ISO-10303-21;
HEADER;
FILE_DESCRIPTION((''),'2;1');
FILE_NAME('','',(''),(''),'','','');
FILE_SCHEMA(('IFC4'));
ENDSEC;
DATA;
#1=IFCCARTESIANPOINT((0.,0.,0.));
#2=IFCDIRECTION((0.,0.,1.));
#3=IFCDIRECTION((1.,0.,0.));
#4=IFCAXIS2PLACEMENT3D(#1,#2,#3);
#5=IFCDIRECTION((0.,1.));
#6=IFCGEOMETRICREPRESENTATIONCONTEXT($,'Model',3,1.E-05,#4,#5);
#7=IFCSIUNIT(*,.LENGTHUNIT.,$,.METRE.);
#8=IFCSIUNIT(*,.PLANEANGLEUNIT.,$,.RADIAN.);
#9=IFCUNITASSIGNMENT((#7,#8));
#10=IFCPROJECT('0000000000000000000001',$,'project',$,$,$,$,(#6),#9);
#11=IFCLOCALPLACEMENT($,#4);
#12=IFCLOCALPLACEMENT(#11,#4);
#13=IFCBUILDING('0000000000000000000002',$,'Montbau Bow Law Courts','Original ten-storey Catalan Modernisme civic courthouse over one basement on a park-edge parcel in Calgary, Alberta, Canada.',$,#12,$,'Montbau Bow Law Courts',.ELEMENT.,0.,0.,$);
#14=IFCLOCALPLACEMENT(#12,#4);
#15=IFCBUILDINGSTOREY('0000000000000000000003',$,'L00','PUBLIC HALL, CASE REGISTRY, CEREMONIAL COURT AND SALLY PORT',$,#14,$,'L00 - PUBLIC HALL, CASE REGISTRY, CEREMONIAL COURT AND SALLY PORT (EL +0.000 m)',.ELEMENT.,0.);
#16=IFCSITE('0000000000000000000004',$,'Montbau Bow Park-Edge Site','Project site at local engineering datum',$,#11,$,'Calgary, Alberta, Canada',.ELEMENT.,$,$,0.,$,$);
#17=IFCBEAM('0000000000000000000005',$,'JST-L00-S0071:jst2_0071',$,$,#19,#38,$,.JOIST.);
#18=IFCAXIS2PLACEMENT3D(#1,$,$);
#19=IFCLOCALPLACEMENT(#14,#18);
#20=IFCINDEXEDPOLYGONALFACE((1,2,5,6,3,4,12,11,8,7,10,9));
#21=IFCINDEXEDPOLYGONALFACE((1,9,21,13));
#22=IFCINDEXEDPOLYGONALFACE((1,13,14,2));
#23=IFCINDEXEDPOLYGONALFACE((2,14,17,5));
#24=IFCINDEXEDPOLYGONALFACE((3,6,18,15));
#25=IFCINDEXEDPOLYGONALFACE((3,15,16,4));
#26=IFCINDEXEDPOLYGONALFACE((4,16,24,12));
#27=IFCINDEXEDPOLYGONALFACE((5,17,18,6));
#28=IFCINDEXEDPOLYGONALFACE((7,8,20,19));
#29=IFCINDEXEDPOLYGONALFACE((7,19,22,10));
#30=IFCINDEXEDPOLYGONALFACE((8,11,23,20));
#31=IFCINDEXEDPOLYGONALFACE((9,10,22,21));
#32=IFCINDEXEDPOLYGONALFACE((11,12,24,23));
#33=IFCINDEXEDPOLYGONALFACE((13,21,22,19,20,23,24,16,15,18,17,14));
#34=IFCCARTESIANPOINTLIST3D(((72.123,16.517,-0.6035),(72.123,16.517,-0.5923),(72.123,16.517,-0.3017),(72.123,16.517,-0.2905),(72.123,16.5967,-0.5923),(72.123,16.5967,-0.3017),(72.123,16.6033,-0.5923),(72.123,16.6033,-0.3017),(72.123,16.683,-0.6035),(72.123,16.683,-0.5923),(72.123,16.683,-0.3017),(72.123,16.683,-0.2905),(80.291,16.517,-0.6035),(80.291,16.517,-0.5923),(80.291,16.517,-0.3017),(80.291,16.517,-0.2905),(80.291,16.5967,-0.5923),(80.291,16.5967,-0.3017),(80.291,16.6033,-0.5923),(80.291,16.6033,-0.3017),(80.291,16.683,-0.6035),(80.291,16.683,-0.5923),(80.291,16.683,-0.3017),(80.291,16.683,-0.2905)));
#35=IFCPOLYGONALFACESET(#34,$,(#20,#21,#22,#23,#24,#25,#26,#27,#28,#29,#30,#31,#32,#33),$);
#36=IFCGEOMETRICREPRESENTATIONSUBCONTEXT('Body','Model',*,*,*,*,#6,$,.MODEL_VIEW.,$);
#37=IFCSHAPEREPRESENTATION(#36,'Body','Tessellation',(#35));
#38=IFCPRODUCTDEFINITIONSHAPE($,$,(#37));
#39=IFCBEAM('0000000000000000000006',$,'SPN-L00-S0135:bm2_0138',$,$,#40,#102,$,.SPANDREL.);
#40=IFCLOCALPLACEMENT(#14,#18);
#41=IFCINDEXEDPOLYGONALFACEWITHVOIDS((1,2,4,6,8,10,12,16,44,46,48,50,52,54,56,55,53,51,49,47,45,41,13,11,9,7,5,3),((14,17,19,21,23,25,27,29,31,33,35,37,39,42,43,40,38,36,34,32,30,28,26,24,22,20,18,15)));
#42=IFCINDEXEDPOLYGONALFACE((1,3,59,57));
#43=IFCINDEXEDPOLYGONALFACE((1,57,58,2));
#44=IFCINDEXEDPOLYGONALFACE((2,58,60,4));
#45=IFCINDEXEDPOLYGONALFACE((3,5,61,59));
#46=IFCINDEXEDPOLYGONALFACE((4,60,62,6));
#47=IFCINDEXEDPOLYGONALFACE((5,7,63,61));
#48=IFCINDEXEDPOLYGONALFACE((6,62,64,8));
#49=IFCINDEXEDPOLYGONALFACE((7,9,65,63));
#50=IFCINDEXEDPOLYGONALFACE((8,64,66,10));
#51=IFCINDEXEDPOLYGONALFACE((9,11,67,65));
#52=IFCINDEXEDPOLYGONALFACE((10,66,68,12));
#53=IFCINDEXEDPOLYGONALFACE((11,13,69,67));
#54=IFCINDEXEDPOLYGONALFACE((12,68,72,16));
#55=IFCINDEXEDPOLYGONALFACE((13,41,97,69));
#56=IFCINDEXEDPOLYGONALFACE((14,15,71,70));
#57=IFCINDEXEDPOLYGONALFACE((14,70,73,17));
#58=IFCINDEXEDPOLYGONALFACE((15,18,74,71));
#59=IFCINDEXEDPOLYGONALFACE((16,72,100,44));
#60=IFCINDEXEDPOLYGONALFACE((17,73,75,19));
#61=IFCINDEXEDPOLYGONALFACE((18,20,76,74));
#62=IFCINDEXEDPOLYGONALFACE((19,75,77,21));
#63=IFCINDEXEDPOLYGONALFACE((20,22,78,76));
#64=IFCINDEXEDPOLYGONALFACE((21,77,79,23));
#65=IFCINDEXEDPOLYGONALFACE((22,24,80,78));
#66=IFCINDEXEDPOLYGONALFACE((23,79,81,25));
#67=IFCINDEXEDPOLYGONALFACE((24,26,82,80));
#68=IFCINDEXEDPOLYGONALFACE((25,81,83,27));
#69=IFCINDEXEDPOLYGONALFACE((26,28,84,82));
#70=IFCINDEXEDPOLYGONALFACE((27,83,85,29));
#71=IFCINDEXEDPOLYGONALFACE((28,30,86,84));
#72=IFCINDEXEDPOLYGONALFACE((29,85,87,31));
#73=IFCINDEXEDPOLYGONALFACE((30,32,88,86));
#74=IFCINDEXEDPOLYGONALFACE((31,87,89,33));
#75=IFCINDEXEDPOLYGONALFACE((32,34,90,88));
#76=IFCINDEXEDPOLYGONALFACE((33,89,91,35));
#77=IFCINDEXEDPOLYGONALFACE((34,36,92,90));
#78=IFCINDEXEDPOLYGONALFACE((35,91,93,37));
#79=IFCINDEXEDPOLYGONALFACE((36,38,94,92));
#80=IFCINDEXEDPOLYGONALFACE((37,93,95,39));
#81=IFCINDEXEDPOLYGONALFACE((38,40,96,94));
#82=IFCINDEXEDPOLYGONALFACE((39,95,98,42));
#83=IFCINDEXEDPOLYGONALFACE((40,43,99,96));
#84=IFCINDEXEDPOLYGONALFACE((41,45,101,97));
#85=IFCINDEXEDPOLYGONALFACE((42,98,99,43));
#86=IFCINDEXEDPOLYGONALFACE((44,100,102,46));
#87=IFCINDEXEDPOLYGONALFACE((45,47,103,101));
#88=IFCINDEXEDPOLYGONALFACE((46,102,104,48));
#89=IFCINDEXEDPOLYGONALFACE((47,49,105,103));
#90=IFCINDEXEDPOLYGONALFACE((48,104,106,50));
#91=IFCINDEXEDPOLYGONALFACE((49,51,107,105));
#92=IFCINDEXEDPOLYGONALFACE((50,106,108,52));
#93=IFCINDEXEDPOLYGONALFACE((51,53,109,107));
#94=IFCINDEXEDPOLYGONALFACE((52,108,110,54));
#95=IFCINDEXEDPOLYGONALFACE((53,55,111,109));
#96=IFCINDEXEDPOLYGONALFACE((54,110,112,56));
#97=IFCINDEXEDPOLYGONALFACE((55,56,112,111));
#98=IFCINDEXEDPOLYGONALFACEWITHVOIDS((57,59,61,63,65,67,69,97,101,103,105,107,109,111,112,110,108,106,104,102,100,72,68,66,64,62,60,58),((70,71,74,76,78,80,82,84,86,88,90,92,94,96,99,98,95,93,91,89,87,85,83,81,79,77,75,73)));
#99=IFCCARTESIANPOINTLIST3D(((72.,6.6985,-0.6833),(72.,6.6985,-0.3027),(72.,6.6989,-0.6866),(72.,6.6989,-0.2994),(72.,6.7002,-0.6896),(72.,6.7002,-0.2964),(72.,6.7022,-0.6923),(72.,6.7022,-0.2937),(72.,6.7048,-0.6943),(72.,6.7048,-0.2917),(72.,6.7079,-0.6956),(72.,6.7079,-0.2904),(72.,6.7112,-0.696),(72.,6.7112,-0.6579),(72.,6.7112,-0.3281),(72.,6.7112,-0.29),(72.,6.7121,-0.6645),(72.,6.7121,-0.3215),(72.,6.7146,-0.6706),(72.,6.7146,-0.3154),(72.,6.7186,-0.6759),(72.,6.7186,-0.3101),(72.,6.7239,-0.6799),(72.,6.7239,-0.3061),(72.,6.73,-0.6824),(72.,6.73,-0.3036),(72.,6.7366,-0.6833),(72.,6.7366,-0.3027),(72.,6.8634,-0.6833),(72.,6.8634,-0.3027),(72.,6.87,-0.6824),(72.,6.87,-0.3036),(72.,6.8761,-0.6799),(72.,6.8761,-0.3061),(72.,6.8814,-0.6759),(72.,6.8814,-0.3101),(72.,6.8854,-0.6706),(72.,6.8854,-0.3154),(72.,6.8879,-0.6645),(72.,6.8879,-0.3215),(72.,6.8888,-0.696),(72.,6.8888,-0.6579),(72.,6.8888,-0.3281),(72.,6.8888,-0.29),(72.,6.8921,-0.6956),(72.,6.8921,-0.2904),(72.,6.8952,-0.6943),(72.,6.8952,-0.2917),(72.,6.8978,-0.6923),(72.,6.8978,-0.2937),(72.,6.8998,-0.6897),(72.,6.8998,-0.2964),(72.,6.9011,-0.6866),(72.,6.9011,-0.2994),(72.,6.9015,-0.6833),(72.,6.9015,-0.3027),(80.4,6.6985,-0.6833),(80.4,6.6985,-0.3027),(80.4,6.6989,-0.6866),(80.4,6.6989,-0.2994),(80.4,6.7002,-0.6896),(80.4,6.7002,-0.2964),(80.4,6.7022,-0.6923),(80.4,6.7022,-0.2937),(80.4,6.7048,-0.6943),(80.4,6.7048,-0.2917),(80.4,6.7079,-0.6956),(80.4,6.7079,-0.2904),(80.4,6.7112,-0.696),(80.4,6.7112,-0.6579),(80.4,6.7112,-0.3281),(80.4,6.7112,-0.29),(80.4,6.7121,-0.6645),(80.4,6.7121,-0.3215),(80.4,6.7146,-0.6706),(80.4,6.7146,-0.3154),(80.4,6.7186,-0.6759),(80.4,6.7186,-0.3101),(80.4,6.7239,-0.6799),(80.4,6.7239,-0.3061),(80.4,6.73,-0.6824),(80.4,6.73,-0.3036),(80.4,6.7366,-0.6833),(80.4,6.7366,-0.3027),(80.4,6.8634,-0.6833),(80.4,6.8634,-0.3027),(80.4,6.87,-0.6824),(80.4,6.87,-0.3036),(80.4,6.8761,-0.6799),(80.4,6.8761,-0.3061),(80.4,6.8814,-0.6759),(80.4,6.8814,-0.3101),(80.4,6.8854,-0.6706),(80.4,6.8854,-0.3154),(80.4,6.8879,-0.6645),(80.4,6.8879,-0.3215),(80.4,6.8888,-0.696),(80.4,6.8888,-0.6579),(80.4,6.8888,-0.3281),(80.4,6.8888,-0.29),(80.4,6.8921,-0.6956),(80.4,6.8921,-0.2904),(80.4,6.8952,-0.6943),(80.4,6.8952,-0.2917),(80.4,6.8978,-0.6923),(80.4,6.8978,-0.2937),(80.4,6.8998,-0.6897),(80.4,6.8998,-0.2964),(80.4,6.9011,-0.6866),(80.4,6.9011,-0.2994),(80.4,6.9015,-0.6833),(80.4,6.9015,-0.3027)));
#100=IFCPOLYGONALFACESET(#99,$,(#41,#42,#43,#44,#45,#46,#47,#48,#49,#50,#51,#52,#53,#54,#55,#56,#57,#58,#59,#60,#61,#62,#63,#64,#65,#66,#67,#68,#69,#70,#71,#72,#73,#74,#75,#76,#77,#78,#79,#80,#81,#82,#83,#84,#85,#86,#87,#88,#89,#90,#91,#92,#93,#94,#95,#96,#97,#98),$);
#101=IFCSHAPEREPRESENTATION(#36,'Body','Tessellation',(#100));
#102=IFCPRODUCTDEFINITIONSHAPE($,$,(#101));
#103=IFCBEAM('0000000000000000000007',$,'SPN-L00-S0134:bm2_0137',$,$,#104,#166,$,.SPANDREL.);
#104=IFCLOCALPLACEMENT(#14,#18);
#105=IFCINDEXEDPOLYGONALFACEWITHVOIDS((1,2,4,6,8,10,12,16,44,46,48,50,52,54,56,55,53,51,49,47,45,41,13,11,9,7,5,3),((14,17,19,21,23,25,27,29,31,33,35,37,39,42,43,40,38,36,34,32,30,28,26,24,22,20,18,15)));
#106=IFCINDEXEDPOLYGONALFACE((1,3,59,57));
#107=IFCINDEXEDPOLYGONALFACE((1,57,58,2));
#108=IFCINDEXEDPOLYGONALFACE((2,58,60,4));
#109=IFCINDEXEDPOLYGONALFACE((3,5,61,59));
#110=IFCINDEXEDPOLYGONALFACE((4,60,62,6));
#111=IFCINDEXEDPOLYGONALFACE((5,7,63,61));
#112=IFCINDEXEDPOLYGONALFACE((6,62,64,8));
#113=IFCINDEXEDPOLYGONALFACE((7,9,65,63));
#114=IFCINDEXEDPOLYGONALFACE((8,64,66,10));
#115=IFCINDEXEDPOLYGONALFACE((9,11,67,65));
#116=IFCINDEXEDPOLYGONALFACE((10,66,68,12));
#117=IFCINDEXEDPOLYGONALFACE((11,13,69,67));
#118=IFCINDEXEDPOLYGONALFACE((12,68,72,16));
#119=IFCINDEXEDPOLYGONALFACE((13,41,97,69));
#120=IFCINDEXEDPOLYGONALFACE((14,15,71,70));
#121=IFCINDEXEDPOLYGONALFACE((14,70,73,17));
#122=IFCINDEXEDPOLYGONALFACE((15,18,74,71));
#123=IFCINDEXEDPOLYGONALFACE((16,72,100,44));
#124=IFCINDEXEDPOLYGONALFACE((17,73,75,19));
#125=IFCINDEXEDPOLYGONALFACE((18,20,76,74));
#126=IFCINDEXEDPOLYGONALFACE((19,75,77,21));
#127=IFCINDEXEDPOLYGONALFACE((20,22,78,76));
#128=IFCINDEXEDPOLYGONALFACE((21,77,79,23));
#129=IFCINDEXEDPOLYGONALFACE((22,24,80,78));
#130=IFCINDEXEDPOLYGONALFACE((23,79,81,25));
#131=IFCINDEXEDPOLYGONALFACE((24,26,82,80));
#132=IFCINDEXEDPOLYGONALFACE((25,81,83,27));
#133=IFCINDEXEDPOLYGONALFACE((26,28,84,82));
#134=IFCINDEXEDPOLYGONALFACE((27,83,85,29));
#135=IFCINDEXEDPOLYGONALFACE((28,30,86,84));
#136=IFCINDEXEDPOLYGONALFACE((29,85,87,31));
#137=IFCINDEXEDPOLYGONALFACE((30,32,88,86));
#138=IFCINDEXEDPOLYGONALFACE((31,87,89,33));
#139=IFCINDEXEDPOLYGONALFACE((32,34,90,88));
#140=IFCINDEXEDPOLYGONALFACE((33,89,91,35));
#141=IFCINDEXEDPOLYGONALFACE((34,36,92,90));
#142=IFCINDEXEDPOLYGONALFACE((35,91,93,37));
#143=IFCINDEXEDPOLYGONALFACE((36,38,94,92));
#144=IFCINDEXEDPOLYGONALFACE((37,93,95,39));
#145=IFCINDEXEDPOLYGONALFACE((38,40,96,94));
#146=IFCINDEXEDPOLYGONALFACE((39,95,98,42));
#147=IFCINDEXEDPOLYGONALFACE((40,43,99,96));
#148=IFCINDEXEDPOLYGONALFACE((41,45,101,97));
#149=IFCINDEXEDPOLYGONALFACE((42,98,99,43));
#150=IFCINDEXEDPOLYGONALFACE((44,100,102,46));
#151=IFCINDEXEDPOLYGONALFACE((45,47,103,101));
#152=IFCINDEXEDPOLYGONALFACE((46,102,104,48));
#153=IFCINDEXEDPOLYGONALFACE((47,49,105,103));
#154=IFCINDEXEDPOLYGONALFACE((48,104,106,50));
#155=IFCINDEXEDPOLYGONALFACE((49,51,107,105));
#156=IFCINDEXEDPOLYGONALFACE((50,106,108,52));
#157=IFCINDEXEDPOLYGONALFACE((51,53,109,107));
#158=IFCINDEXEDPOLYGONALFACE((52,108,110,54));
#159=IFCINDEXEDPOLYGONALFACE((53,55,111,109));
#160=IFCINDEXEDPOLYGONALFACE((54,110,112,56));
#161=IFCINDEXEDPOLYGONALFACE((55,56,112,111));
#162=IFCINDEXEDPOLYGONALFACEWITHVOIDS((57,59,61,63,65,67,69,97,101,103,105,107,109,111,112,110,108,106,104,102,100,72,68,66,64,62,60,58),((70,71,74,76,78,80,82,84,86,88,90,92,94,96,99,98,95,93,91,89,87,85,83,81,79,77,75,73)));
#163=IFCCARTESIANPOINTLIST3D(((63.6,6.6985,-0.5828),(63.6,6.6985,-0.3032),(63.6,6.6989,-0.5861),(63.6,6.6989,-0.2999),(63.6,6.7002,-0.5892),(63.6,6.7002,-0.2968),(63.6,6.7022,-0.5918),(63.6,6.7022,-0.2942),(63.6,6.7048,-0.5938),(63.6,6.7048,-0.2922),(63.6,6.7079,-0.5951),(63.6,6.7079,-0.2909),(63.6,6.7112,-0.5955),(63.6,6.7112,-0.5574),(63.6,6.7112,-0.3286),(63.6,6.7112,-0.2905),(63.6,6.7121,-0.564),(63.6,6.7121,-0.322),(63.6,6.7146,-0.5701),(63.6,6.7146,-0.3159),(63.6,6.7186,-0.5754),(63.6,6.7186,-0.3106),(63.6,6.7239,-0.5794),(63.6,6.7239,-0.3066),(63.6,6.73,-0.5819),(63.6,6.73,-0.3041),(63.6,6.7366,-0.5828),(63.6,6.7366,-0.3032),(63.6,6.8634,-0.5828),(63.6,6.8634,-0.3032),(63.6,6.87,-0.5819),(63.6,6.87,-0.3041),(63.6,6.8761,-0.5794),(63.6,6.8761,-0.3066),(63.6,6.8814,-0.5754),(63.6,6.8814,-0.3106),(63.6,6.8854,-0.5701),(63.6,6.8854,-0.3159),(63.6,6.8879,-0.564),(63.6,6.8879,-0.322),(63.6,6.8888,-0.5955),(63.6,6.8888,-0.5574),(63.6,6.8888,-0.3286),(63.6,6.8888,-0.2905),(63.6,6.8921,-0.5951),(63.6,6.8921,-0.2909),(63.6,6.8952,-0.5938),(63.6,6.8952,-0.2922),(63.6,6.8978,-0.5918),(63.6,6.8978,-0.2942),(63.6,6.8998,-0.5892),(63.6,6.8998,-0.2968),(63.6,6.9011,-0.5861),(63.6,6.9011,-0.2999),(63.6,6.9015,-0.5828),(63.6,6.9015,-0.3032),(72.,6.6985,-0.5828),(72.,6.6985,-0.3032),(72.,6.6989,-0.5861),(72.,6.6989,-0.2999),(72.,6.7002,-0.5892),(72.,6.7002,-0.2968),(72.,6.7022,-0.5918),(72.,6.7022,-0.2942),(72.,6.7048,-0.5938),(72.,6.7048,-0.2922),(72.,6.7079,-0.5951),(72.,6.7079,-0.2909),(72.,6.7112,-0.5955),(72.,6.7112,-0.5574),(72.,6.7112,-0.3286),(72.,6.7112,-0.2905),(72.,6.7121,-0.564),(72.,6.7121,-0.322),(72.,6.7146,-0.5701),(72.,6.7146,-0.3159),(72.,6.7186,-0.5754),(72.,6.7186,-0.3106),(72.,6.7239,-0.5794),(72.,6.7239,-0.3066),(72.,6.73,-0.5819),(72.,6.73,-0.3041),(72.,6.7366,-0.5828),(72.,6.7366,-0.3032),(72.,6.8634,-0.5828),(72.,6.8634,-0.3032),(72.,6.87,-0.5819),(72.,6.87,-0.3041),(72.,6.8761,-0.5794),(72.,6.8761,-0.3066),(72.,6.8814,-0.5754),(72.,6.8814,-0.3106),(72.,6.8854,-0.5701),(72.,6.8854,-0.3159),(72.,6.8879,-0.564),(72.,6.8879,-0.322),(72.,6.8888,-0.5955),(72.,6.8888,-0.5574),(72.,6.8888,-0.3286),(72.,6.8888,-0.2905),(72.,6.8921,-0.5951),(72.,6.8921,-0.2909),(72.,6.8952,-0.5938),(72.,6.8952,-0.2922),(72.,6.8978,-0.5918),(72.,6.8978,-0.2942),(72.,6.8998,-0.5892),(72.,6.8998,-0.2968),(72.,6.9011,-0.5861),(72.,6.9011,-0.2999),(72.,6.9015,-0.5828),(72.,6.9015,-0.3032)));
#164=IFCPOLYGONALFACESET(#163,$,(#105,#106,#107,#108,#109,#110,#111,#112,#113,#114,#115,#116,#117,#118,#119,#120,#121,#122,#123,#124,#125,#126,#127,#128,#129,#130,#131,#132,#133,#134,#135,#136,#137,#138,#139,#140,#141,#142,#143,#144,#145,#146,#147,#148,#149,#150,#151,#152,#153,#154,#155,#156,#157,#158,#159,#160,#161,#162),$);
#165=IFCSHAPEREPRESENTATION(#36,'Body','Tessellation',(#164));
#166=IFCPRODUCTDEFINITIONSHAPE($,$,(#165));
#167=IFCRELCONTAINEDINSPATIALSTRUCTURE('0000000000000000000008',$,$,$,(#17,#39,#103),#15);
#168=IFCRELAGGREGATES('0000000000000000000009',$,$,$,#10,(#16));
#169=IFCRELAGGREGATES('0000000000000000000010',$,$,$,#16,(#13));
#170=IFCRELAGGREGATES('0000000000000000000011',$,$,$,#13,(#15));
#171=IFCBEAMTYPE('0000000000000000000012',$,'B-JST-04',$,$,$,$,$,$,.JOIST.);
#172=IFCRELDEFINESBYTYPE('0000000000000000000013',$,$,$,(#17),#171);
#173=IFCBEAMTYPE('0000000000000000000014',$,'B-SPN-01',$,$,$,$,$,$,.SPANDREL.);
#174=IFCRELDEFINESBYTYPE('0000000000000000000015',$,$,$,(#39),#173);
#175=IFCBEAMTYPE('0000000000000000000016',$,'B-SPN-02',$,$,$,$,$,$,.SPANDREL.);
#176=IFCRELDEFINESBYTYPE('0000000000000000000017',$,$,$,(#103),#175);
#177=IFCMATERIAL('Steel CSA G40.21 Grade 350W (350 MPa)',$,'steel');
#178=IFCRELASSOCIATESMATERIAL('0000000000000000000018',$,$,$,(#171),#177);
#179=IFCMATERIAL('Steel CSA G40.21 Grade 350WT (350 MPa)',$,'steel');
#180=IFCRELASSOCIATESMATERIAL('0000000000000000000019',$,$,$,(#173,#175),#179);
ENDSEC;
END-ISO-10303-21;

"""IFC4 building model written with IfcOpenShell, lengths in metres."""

from ifc_helpers import new_model, si_unit, direction, frame, origin_with_axes, origin_2d_with_axis, place, context, subcontext, project, spatial, hollow_rectangle, i_section, extrude, material, material_profile, profile_set, type_object, element, save


model = new_model("IFC4")

# Units and contexts
model_context = context("Model", 3, precision=1e-05, world=origin_with_axes(), true_north=direction((0.0, 1.0)))
body_context = subcontext(model_context, "Body", "Model", "MODEL_VIEW")
ifc_project = project(units=[si_unit("LENGTHUNIT", "METRE"), si_unit("PLANEANGLEUNIT", "RADIAN")], contexts=[model_context])

# Site, building, storey
site_placement = place(None, origin_with_axes())
site = spatial("IfcSite", under=ifc_project, at=site_placement, Name="Montbau Bow Park-Edge Site", Description="Project site at local engineering datum", LongName="Calgary, Alberta, Canada", CompositionType="ELEMENT", RefElevation=0.0)
building_placement = place(site_placement, origin_with_axes())
building = spatial("IfcBuilding", under=site, at=building_placement, Name="Montbau Bow Law Courts", Description="Original ten-storey Catalan Modernisme civic courthouse over one basement on a park-edge parcel in Calgary, Alberta, Canada.", LongName="Montbau Bow Law Courts", CompositionType="ELEMENT", ElevationOfRefHeight=0.0, ElevationOfTerrain=0.0)
storey_placement = place(building_placement, origin_with_axes())
storey = spatial("IfcBuildingStorey", under=building, at=storey_placement, Name="L00", Description="PUBLIC HALL, CASE REGISTRY, CEREMONIAL COURT AND SALLY PORT", LongName="L00 - PUBLIC HALL, CASE REGISTRY, CEREMONIAL COURT AND SALLY PORT (EL +0.000 m)", CompositionType="ELEMENT", Elevation=0.0)

# Beams
ifc_material_1 = material(Name="Steel CSA G40.21 Grade 350W (350 MPa)", Category="steel")
ifc_material_profile_1 = material_profile(ifc_material_1, i_section(OverallWidth=0.166, OverallDepth=0.313, WebThickness=0.0066, FlangeThickness=0.0112, at=origin_2d_with_axis()), Name="W310X45", Category="Main", Priority=0)
ifc_profile_set_1 = profile_set([ifc_material_profile_1], Name="Steel CSA G40.21 Grade 350W (350 MPa)")
beam_type_1 = type_object("IfcBeamType", Name="B-JST-04", PredefinedType="JOIST", material=ifc_profile_set_1)
beam_1_placement = place(None, frame((72.123, 16.6, -0.447), z_axis=(1.0, 0.0, 0.0), x_axis=(0.0, 1.0, 0.0)))
element("IfcBeam", 1, at=beam_1_placement, inside=storey, type_object=beam_type_1, Name="JST-L00-S0071:jst2_0071", PredefinedType="JOIST", context=body_context, shape_type="SweptSolid", body=[
    extrude(i_section(OverallWidth=0.166, OverallDepth=0.313, WebThickness=0.0066, FlangeThickness=0.0112, at=origin_2d_with_axis()), origin_with_axes(), (0.0, 0.0, 1.0), 8.168),
])
ifc_material_2 = material(Name="Steel CSA G40.21 Grade 350WT (350 MPa)", Category="steel")
ifc_material_profile_2 = material_profile(ifc_material_2, hollow_rectangle(XDim=0.203, YDim=0.406, WallThickness=0.0127, InnerFilletRadius=0.0254, OuterFilletRadius=0.0127, at=origin_2d_with_axis()), Name="HSS406X203X13", Category="Main", Priority=0)
ifc_profile_set_2 = profile_set([ifc_material_profile_2], Name="Steel CSA G40.21 Grade 350WT (350 MPa)")
beam_type_2 = type_object("IfcBeamType", Name="B-SPN-01", PredefinedType="SPANDREL", material=ifc_profile_set_2)
beam_2_placement = place(None, frame((72.0, 6.8, -0.493), z_axis=(1.0, 0.0, 0.0), x_axis=(0.0, 1.0, 0.0)))
element("IfcBeam", 2, at=beam_2_placement, inside=storey, type_object=beam_type_2, Name="SPN-L00-S0135:bm2_0138", PredefinedType="SPANDREL", context=body_context, shape_type="SweptSolid", body=[
    extrude(hollow_rectangle(XDim=0.203, YDim=0.406, WallThickness=0.0127, InnerFilletRadius=0.0254, OuterFilletRadius=0.0127, at=origin_2d_with_axis()), origin_with_axes(), (0.0, 0.0, 1.0), 8.4),
])
ifc_material_profile_3 = material_profile(ifc_material_2, hollow_rectangle(XDim=0.203, YDim=0.305, WallThickness=0.0127, InnerFilletRadius=0.0254, OuterFilletRadius=0.0127, at=origin_2d_with_axis()), Name="HSS305X203X13", Category="Main", Priority=0)
ifc_profile_set_3 = profile_set([ifc_material_profile_3], Name="Steel CSA G40.21 Grade 350WT (350 MPa)")
beam_type_3 = type_object("IfcBeamType", Name="B-SPN-02", PredefinedType="SPANDREL", material=ifc_profile_set_3)
for number, where, z_axis, x_axis, name in (
    (3, (63.6, 6.8, -0.443), (1.0, 0.0, 0.0), (0.0, 1.0, 0.0), "SPN-L00-S0134:bm2_0137"),
):
    element("IfcBeam", number, at=place(None, frame(where, z_axis=z_axis, x_axis=x_axis)), inside=storey, type_object=beam_type_3, Name=name, PredefinedType="SPANDREL", context=body_context, shape_type="SweptSolid", body=[
        extrude(hollow_rectangle(XDim=0.203, YDim=0.305, WallThickness=0.0127, InnerFilletRadius=0.0254, OuterFilletRadius=0.0127, at=origin_2d_with_axis()), origin_with_axes(), (0.0, 0.0, 1.0), 8.4),
    ])

save(model, "model.ifc")
